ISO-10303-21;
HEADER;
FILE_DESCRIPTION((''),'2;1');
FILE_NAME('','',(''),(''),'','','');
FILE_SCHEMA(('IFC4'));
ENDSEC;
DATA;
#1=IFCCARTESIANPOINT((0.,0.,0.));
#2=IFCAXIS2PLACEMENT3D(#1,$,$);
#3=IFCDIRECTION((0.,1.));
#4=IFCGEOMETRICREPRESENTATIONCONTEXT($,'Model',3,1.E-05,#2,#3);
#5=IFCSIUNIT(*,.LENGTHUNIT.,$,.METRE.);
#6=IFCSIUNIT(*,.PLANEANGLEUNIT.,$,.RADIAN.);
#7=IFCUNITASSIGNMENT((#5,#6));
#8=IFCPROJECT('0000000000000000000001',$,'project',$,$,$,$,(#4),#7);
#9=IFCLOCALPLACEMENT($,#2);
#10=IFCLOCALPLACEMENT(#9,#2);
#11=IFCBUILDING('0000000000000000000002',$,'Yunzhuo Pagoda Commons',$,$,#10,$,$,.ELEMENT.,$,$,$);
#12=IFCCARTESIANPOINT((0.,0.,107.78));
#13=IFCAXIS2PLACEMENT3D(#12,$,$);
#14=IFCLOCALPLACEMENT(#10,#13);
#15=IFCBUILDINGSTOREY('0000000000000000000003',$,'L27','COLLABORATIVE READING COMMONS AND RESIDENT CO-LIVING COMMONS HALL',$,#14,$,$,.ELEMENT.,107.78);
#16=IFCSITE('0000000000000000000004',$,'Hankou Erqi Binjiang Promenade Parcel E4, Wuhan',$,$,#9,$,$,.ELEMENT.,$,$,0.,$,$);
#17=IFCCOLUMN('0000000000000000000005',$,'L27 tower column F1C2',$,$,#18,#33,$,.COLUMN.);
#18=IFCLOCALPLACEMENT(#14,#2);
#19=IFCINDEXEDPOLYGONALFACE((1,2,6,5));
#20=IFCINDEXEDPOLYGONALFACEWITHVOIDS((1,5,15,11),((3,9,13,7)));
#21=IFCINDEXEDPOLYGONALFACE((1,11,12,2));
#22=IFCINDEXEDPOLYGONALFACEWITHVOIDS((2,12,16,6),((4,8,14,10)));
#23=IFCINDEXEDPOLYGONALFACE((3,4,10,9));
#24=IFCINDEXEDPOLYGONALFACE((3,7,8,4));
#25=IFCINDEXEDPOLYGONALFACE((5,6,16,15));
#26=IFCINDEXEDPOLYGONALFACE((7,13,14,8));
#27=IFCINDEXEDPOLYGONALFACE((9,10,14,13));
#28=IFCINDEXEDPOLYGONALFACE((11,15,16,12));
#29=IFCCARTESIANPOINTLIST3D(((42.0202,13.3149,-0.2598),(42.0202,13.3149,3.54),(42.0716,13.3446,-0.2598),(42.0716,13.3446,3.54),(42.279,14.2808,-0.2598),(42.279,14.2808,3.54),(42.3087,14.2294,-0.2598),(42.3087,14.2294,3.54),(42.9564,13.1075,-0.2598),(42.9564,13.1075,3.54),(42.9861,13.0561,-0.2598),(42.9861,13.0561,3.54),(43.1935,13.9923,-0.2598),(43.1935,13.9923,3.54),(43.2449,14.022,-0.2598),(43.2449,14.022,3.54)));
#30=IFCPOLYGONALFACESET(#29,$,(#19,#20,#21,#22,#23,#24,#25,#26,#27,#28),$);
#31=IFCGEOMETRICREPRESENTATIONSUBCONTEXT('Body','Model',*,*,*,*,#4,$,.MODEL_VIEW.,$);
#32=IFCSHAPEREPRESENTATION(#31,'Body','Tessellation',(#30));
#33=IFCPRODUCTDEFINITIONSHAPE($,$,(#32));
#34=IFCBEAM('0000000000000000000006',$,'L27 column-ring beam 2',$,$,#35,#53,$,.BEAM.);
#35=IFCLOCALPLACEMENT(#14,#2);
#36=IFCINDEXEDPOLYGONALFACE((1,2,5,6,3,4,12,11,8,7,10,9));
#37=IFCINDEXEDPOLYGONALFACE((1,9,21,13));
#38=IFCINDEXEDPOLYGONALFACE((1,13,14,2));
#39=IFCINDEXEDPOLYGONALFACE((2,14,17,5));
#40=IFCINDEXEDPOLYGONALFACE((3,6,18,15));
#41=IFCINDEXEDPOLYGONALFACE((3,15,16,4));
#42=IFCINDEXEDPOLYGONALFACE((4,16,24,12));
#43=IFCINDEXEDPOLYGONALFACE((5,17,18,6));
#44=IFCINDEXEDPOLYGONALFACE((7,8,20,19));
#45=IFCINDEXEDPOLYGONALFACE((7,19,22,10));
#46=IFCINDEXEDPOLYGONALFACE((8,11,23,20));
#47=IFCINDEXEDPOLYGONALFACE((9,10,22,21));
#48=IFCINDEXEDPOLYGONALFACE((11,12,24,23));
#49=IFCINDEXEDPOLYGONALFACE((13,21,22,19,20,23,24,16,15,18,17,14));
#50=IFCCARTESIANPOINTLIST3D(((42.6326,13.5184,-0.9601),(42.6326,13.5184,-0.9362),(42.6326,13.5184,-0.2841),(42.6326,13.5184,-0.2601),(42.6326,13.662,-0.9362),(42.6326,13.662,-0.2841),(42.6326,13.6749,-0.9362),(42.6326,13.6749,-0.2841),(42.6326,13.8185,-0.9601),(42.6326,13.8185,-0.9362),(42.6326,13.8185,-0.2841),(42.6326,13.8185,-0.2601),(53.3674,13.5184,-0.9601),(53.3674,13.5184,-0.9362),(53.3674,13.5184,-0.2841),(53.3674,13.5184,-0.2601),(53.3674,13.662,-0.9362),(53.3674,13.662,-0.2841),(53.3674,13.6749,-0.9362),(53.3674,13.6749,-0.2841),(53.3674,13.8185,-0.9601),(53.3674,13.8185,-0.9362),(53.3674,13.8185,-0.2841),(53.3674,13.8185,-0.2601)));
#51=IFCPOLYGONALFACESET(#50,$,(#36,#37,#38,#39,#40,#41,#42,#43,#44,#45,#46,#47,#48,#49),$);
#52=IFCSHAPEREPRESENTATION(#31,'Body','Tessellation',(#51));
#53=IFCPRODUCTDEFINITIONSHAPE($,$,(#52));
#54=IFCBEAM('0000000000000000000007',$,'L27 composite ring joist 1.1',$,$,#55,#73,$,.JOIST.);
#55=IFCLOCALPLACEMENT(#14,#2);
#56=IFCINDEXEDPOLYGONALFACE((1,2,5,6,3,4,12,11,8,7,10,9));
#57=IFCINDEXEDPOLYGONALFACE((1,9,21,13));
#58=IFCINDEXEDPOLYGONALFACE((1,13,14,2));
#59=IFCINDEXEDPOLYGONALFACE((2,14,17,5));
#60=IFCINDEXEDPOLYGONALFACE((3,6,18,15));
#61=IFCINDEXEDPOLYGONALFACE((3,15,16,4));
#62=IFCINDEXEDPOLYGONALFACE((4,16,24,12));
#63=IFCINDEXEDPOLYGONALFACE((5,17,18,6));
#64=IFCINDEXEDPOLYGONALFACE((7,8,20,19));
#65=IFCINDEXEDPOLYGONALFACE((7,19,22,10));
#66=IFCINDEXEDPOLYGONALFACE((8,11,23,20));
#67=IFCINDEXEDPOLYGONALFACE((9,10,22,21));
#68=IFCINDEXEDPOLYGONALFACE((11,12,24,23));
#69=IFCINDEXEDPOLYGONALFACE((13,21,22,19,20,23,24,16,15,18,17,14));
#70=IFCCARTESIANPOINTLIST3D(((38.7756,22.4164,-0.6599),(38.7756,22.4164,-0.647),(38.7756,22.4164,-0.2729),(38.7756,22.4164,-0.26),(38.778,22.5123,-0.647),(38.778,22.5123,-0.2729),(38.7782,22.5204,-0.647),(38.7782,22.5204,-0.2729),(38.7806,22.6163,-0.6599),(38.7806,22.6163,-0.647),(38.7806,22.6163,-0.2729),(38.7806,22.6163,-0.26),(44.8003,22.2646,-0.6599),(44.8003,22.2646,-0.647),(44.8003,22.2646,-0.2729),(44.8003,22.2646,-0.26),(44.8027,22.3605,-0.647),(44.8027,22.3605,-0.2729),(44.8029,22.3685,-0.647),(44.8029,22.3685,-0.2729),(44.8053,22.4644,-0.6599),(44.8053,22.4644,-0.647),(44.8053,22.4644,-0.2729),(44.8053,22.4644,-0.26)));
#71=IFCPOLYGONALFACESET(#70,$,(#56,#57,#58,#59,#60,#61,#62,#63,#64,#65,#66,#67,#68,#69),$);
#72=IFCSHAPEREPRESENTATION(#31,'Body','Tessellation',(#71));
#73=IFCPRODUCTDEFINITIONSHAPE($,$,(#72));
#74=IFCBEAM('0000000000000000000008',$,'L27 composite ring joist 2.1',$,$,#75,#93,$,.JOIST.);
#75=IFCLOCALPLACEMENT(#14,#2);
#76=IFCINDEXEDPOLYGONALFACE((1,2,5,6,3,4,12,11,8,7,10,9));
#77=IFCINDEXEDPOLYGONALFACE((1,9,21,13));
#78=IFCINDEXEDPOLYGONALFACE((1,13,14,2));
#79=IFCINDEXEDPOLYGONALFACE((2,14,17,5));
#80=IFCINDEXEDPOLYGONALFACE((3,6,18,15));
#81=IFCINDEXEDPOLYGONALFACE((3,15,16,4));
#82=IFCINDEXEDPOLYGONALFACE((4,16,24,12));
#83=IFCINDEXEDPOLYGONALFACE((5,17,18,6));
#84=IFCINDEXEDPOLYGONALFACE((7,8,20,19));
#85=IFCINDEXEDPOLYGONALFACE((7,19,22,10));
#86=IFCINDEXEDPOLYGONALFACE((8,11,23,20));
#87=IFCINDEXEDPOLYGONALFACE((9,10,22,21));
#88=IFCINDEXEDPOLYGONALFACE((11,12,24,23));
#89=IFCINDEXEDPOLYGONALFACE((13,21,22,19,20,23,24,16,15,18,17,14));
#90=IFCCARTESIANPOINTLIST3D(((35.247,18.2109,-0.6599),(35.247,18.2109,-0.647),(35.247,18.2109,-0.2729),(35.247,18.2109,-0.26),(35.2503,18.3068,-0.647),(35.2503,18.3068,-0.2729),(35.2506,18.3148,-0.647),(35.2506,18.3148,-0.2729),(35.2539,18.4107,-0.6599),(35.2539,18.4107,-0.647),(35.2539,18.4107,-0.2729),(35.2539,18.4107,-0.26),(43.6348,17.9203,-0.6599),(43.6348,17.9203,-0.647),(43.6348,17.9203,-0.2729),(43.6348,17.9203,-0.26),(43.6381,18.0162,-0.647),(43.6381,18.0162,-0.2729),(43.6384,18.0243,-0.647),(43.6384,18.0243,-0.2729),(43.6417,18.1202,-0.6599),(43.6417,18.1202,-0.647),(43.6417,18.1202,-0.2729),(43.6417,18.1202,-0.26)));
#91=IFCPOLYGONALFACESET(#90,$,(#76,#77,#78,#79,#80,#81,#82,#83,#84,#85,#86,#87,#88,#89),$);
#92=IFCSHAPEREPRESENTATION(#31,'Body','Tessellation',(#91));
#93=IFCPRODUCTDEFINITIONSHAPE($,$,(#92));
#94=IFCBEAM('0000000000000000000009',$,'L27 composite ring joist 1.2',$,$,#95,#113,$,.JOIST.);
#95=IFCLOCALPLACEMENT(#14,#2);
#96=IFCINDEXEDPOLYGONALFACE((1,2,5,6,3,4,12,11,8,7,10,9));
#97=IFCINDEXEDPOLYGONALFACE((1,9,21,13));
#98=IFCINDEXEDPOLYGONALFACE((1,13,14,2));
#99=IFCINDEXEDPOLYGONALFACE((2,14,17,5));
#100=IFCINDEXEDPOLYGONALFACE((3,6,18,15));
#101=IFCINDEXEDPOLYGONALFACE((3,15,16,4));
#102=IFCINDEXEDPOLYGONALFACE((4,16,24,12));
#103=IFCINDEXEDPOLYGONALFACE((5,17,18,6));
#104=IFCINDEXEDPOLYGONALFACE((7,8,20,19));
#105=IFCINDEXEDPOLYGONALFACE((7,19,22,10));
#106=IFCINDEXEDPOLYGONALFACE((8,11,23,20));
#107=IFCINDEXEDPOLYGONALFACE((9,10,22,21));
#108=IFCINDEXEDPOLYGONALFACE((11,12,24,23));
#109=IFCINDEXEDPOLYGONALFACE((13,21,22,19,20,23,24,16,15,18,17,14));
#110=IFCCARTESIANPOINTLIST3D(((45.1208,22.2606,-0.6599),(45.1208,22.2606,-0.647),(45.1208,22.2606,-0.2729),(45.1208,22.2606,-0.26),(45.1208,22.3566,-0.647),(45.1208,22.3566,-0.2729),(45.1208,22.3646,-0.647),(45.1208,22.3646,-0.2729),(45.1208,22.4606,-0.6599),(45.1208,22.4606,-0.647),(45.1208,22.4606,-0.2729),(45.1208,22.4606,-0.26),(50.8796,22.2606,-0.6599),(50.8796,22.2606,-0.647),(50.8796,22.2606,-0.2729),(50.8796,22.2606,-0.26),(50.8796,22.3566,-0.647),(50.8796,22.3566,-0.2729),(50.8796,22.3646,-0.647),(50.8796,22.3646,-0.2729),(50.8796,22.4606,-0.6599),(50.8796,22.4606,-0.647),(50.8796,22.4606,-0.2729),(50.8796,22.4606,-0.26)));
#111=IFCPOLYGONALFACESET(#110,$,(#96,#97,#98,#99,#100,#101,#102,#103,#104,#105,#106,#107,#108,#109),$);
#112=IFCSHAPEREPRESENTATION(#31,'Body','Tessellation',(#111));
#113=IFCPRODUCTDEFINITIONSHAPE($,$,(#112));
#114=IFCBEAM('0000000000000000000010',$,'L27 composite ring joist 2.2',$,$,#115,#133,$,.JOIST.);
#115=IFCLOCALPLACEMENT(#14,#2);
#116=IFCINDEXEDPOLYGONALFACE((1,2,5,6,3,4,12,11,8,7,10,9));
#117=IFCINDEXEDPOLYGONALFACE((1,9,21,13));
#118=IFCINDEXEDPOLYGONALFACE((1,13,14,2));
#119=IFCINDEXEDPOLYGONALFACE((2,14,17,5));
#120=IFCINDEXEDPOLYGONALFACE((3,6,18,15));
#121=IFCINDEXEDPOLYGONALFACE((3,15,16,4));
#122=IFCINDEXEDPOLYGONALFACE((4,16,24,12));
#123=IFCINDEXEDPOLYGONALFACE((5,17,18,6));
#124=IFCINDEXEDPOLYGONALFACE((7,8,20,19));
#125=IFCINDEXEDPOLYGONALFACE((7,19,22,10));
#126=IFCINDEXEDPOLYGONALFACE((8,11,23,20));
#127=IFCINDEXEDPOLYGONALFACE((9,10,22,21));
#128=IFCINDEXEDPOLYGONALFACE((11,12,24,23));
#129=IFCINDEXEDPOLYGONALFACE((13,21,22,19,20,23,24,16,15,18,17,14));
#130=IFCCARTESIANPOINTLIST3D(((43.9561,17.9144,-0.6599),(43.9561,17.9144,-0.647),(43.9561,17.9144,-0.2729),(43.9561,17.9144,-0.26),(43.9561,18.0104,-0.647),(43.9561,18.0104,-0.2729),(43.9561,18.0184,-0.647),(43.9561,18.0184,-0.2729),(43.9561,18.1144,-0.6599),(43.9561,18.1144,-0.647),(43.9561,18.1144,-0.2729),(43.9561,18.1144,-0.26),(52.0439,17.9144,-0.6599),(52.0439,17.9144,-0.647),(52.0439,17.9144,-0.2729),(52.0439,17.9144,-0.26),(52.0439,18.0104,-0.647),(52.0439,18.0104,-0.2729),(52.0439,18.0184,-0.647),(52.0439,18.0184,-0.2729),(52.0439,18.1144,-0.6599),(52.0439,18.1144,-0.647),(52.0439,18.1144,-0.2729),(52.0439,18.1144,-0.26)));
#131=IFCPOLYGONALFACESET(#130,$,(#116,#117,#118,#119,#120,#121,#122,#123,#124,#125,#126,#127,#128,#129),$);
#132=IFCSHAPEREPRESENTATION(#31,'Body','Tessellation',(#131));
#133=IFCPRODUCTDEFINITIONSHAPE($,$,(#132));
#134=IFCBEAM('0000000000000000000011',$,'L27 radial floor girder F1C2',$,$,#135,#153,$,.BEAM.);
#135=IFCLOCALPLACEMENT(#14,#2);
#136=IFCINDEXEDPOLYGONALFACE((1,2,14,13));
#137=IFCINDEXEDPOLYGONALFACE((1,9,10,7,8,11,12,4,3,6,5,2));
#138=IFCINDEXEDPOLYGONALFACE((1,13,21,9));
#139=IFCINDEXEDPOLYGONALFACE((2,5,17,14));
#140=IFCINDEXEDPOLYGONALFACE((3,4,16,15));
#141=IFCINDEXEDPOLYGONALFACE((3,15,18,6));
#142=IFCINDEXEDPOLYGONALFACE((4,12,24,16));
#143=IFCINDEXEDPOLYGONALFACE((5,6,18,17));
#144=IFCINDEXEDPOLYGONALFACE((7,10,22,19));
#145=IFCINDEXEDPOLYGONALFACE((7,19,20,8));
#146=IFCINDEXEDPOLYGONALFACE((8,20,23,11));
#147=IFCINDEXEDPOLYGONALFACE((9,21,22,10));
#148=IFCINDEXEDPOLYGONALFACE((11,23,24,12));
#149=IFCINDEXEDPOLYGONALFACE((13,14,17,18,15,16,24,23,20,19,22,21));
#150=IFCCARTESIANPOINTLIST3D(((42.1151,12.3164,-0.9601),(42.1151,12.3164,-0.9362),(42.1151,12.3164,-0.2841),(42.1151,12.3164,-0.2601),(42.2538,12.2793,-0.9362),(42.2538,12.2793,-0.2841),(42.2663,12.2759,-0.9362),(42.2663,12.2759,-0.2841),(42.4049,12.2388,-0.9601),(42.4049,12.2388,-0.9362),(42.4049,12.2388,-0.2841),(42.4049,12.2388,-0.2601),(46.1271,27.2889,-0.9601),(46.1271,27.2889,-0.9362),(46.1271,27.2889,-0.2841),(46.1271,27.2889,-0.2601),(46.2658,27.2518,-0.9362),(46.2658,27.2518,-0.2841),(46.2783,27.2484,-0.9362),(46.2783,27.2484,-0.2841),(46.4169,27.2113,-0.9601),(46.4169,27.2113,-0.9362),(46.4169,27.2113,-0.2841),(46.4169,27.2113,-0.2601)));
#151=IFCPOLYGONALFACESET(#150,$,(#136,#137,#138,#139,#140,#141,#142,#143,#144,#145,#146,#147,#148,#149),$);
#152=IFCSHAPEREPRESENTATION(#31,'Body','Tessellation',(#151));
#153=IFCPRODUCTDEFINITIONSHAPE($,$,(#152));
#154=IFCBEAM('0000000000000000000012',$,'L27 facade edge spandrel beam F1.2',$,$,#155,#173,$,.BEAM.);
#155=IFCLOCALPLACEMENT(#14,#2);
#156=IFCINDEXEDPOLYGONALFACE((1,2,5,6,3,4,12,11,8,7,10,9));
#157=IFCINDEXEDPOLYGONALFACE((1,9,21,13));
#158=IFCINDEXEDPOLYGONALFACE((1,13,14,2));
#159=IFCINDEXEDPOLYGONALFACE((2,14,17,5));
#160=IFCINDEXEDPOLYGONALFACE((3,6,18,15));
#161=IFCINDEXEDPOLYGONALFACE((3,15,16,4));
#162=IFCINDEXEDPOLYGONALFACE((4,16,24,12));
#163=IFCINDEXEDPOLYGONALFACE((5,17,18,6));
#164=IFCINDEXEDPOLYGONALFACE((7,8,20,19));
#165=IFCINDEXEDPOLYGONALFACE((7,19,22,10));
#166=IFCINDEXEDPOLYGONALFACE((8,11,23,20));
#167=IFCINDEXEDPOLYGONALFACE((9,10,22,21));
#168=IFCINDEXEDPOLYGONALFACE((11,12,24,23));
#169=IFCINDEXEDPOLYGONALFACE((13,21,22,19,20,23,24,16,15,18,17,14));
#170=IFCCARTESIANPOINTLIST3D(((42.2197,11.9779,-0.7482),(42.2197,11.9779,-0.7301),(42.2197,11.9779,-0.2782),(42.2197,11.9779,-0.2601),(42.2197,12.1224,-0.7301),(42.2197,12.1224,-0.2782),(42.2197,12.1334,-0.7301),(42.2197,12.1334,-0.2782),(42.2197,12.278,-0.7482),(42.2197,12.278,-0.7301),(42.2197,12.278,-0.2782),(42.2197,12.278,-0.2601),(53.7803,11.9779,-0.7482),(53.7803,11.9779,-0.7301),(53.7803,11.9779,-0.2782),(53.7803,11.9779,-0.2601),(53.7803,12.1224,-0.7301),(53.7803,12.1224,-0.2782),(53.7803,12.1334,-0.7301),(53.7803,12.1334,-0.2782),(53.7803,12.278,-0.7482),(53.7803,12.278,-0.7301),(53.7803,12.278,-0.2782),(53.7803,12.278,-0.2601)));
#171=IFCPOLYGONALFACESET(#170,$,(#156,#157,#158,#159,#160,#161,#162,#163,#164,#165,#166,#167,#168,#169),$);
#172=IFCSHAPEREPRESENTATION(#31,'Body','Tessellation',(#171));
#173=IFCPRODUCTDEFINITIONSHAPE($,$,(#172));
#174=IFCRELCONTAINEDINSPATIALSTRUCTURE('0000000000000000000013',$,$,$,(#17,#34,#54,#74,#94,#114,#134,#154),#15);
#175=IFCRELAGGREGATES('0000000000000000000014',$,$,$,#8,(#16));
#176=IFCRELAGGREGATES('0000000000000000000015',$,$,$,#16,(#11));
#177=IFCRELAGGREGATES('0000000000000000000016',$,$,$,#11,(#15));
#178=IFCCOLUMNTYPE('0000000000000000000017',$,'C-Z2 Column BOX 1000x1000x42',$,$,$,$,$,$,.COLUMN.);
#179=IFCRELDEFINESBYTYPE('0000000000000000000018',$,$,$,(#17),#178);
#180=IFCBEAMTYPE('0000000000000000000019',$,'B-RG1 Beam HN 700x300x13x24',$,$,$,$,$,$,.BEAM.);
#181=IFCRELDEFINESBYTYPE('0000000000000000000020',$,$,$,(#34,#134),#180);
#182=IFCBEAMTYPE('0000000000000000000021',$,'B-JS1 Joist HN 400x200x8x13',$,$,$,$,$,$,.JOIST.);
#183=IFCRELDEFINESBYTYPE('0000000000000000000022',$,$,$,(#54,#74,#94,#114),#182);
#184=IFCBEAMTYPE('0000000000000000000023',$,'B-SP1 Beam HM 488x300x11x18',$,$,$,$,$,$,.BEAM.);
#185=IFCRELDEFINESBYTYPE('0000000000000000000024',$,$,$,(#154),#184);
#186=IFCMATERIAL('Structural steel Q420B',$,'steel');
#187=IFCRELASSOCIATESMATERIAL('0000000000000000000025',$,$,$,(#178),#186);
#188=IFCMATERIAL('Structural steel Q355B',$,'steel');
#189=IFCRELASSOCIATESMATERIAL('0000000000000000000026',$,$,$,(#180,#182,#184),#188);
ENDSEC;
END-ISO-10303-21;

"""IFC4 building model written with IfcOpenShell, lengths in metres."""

from ifc_helpers import new_model, si_unit, direction, frame, origin, origin_2d, place, context, subcontext, project, spatial, hollow_rectangle, i_section, extrude, source, transform, mapped, material, material_profile, profile_set, type_object, element, save


model = new_model("IFC4")

# Units and contexts
model_context = context("Model", 3, precision=1e-05, world=origin(), true_north=direction((0.0, 1.0)))
body_context = subcontext(model_context, "Body", "Model", "MODEL_VIEW")
ifc_project = project(units=[si_unit("LENGTHUNIT", "METRE"), si_unit("PLANEANGLEUNIT", "RADIAN")], contexts=[model_context])

# Site, building, storey
site_placement = place(None, origin())
site = spatial("IfcSite", under=ifc_project, at=site_placement, Name="Hankou Erqi Binjiang Promenade Parcel E4, Wuhan", CompositionType="ELEMENT", RefElevation=0.0)
building_placement = place(site_placement, origin())
building = spatial("IfcBuilding", under=site, at=building_placement, Name="Yunzhuo Pagoda Commons", CompositionType="ELEMENT")
storey_placement = place(building_placement, frame((0.0, 0.0, 107.78)))
storey = spatial("IfcBuildingStorey", under=building, at=storey_placement, Name="L27", Description="COLLABORATIVE READING COMMONS AND RESIDENT CO-LIVING COMMONS HALL", CompositionType="ELEMENT", Elevation=107.78)

# Column
ifc_material_1 = material(Name="Structural steel Q420B", Category="steel")
ifc_material_profile_1 = material_profile(ifc_material_1, hollow_rectangle(XDim=1.0, YDim=1.0, WallThickness=0.042, at=origin_2d()), Name="Structural steel Q420B")
ifc_profile_set_1 = profile_set([ifc_material_profile_1], Name="Structural steel Q420B")
column_type = type_object("IfcColumnType", Name="C-Z2 Column BOX 1000x1000x42", PredefinedType="COLUMN", material=ifc_profile_set_1)
shared_shape_1 = source(origin(), body_context, "Body", "SweptSolid", [
    extrude(hollow_rectangle(XDim=1.0, YDim=1.0, WallThickness=0.042, at=origin_2d()), origin(), (0.0, 0.0, 1.0), 3.7998),
])
column_placement = place(storey_placement, frame((42.6326, 13.6685, -0.2598), z_axis=(0.0, 0.0, 1.0), x_axis=(0.965926, -0.258819, 0.0)))
element("IfcColumn", 1, at=column_placement, inside=storey, type_object=column_type, Name="L27 tower column F1C2", PredefinedType="COLUMN", context=body_context, shape_type="MappedRepresentation", body=[
    mapped(shared_shape_1, transform((0.0, 0.0, 0.0), scale=1.0)),
])

# Beams
ifc_material_2 = material(Name="Structural steel Q355B", Category="steel")
ifc_material_profile_2 = material_profile(ifc_material_2, i_section(OverallWidth=0.3, OverallDepth=0.7, WebThickness=0.0129, FlangeThickness=0.0239, at=origin_2d()), Name="Structural steel Q355B")
ifc_profile_set_2 = profile_set([ifc_material_profile_2], Name="Structural steel Q355B")
beam_type_1 = type_object("IfcBeamType", Name="B-RG1 Beam HN 700x300x13x24", PredefinedType="BEAM", material=ifc_profile_set_2)
shared_shape_2 = source(origin(), body_context, "Body", "SweptSolid", [
    extrude(i_section(OverallWidth=0.3, OverallDepth=0.7, WebThickness=0.0129, FlangeThickness=0.0239, at=origin_2d()), origin(), (0.0, 0.0, 1.0), 10.7349),
])
beam_1_placement = place(storey_placement, frame((42.6326, 13.6685, -0.6101), z_axis=(1.0, 0.0, 0.0), x_axis=(0.0, 1.0, 0.0)))
element("IfcBeam", 2, at=beam_1_placement, inside=storey, type_object=beam_type_1, Name="L27 column-ring beam 2", PredefinedType="BEAM", context=body_context, shape_type="MappedRepresentation", body=[
    mapped(shared_shape_2, transform((0.0, 0.0, 0.0), scale=1.0)),
])
ifc_material_profile_3 = material_profile(ifc_material_2, i_section(OverallWidth=0.2, OverallDepth=0.3999, WebThickness=0.0081, FlangeThickness=0.0129, at=origin_2d()), Name="Structural steel Q355B")
ifc_profile_set_3 = profile_set([ifc_material_profile_3], Name="Structural steel Q355B")
beam_type_2 = type_object("IfcBeamType", Name="B-JS1 Joist HN 400x200x8x13", PredefinedType="JOIST", material=ifc_profile_set_3)
shared_shape_3 = source(origin(), body_context, "Body", "SweptSolid", [
    extrude(i_section(OverallWidth=0.2, OverallDepth=0.3999, WebThickness=0.0081, FlangeThickness=0.0129, at=origin_2d()), origin(), (0.0, 0.0, 1.0), 6.0266),
])
beam_2_placement = place(storey_placement, frame((38.7781, 22.5164, -0.46), z_axis=(0.999682, -0.025198, 0.0), x_axis=(0.025198, 0.999682, 0.0)))
element("IfcBeam", 3, at=beam_2_placement, inside=storey, type_object=beam_type_2, Name="L27 composite ring joist 1.1", PredefinedType="JOIST", context=body_context, shape_type="MappedRepresentation", body=[
    mapped(shared_shape_3, transform((0.0, 0.0, 0.0), scale=1.0)),
])
shared_shape_4 = source(origin(), body_context, "Body", "SweptSolid", [
    extrude(i_section(OverallWidth=0.2, OverallDepth=0.3999, WebThickness=0.0081, FlangeThickness=0.0129, at=origin_2d()), origin(), (0.0, 0.0, 1.0), 8.3928),
])
beam_3_placement = place(storey_placement, frame((35.2505, 18.3108, -0.46), z_axis=(0.999401, -0.034617, 0.0), x_axis=(0.034617, 0.999401, 0.0)))
element("IfcBeam", 4, at=beam_3_placement, inside=storey, type_object=beam_type_2, Name="L27 composite ring joist 2.1", PredefinedType="JOIST", context=body_context, shape_type="MappedRepresentation", body=[
    mapped(shared_shape_4, transform((0.0, 0.0, 0.0), scale=1.0)),
])
shared_shape_5 = source(origin(), body_context, "Body", "SweptSolid", [
    extrude(i_section(OverallWidth=0.2, OverallDepth=0.3999, WebThickness=0.0081, FlangeThickness=0.0129, at=origin_2d()), origin(), (0.0, 0.0, 1.0), 5.7588),
])
beam_4_placement = place(storey_placement, frame((45.1208, 22.3606, -0.46), z_axis=(1.0, 0.0, 0.0), x_axis=(0.0, 1.0, 0.0)))
element("IfcBeam", 5, at=beam_4_placement, inside=storey, type_object=beam_type_2, Name="L27 composite ring joist 1.2", PredefinedType="JOIST", context=body_context, shape_type="MappedRepresentation", body=[
    mapped(shared_shape_5, transform((0.0, 0.0, 0.0), scale=1.0)),
])
shared_shape_6 = source(origin(), body_context, "Body", "SweptSolid", [
    extrude(i_section(OverallWidth=0.2, OverallDepth=0.3999, WebThickness=0.0081, FlangeThickness=0.0129, at=origin_2d()), origin(), (0.0, 0.0, 1.0), 8.0879),
])
beam_5_placement = place(storey_placement, frame((43.9561, 18.0144, -0.46), z_axis=(1.0, 0.0, 0.0), x_axis=(0.0, 1.0, 0.0)))
element("IfcBeam", 6, at=beam_5_placement, inside=storey, type_object=beam_type_2, Name="L27 composite ring joist 2.2", PredefinedType="JOIST", context=body_context, shape_type="MappedRepresentation", body=[
    mapped(shared_shape_6, transform((0.0, 0.0, 0.0), scale=1.0)),
])
shared_shape_7 = source(origin(), body_context, "Body", "SweptSolid", [
    extrude(i_section(OverallWidth=0.3, OverallDepth=0.7, WebThickness=0.0129, FlangeThickness=0.0239, at=origin_2d()), origin(), (0.0, 0.0, 1.0), 15.5007),
])
beam_6_placement = place(storey_placement, frame((42.26, 12.2776, -0.6101), z_axis=(0.258826, 0.965924, 0.0), x_axis=(-0.965924, 0.258826, 0.0)))
element("IfcBeam", 7, at=beam_6_placement, inside=storey, type_object=beam_type_1, Name="L27 radial floor girder F1C2", PredefinedType="BEAM", context=body_context, shape_type="MappedRepresentation", body=[
    mapped(shared_shape_7, transform((0.0, 0.0, 0.0), scale=1.0)),
])
ifc_material_profile_4 = material_profile(ifc_material_2, i_section(OverallWidth=0.3, OverallDepth=0.488, WebThickness=0.011, FlangeThickness=0.0181, at=origin_2d()), Name="Structural steel Q355B")
ifc_profile_set_4 = profile_set([ifc_material_profile_4], Name="Structural steel Q355B")
beam_type_3 = type_object("IfcBeamType", Name="B-SP1 Beam HM 488x300x11x18", PredefinedType="BEAM", material=ifc_profile_set_4)
shared_shape_8 = source(origin(), body_context, "Body", "SweptSolid", [
    extrude(i_section(OverallWidth=0.3, OverallDepth=0.488, WebThickness=0.011, FlangeThickness=0.0181, at=origin_2d()), origin(), (0.0, 0.0, 1.0), 11.5605),
])
beam_7_placement = place(storey_placement, frame((42.2197, 12.1279, -0.5042), z_axis=(1.0, 0.0, 0.0), x_axis=(0.0, 1.0, 0.0)))
element("IfcBeam", 8, at=beam_7_placement, inside=storey, type_object=beam_type_3, Name="L27 facade edge spandrel beam F1.2", PredefinedType="BEAM", context=body_context, shape_type="MappedRepresentation", body=[
    mapped(shared_shape_8, transform((0.0, 0.0, 0.0), scale=1.0)),
])

save(model, "model.ifc")
